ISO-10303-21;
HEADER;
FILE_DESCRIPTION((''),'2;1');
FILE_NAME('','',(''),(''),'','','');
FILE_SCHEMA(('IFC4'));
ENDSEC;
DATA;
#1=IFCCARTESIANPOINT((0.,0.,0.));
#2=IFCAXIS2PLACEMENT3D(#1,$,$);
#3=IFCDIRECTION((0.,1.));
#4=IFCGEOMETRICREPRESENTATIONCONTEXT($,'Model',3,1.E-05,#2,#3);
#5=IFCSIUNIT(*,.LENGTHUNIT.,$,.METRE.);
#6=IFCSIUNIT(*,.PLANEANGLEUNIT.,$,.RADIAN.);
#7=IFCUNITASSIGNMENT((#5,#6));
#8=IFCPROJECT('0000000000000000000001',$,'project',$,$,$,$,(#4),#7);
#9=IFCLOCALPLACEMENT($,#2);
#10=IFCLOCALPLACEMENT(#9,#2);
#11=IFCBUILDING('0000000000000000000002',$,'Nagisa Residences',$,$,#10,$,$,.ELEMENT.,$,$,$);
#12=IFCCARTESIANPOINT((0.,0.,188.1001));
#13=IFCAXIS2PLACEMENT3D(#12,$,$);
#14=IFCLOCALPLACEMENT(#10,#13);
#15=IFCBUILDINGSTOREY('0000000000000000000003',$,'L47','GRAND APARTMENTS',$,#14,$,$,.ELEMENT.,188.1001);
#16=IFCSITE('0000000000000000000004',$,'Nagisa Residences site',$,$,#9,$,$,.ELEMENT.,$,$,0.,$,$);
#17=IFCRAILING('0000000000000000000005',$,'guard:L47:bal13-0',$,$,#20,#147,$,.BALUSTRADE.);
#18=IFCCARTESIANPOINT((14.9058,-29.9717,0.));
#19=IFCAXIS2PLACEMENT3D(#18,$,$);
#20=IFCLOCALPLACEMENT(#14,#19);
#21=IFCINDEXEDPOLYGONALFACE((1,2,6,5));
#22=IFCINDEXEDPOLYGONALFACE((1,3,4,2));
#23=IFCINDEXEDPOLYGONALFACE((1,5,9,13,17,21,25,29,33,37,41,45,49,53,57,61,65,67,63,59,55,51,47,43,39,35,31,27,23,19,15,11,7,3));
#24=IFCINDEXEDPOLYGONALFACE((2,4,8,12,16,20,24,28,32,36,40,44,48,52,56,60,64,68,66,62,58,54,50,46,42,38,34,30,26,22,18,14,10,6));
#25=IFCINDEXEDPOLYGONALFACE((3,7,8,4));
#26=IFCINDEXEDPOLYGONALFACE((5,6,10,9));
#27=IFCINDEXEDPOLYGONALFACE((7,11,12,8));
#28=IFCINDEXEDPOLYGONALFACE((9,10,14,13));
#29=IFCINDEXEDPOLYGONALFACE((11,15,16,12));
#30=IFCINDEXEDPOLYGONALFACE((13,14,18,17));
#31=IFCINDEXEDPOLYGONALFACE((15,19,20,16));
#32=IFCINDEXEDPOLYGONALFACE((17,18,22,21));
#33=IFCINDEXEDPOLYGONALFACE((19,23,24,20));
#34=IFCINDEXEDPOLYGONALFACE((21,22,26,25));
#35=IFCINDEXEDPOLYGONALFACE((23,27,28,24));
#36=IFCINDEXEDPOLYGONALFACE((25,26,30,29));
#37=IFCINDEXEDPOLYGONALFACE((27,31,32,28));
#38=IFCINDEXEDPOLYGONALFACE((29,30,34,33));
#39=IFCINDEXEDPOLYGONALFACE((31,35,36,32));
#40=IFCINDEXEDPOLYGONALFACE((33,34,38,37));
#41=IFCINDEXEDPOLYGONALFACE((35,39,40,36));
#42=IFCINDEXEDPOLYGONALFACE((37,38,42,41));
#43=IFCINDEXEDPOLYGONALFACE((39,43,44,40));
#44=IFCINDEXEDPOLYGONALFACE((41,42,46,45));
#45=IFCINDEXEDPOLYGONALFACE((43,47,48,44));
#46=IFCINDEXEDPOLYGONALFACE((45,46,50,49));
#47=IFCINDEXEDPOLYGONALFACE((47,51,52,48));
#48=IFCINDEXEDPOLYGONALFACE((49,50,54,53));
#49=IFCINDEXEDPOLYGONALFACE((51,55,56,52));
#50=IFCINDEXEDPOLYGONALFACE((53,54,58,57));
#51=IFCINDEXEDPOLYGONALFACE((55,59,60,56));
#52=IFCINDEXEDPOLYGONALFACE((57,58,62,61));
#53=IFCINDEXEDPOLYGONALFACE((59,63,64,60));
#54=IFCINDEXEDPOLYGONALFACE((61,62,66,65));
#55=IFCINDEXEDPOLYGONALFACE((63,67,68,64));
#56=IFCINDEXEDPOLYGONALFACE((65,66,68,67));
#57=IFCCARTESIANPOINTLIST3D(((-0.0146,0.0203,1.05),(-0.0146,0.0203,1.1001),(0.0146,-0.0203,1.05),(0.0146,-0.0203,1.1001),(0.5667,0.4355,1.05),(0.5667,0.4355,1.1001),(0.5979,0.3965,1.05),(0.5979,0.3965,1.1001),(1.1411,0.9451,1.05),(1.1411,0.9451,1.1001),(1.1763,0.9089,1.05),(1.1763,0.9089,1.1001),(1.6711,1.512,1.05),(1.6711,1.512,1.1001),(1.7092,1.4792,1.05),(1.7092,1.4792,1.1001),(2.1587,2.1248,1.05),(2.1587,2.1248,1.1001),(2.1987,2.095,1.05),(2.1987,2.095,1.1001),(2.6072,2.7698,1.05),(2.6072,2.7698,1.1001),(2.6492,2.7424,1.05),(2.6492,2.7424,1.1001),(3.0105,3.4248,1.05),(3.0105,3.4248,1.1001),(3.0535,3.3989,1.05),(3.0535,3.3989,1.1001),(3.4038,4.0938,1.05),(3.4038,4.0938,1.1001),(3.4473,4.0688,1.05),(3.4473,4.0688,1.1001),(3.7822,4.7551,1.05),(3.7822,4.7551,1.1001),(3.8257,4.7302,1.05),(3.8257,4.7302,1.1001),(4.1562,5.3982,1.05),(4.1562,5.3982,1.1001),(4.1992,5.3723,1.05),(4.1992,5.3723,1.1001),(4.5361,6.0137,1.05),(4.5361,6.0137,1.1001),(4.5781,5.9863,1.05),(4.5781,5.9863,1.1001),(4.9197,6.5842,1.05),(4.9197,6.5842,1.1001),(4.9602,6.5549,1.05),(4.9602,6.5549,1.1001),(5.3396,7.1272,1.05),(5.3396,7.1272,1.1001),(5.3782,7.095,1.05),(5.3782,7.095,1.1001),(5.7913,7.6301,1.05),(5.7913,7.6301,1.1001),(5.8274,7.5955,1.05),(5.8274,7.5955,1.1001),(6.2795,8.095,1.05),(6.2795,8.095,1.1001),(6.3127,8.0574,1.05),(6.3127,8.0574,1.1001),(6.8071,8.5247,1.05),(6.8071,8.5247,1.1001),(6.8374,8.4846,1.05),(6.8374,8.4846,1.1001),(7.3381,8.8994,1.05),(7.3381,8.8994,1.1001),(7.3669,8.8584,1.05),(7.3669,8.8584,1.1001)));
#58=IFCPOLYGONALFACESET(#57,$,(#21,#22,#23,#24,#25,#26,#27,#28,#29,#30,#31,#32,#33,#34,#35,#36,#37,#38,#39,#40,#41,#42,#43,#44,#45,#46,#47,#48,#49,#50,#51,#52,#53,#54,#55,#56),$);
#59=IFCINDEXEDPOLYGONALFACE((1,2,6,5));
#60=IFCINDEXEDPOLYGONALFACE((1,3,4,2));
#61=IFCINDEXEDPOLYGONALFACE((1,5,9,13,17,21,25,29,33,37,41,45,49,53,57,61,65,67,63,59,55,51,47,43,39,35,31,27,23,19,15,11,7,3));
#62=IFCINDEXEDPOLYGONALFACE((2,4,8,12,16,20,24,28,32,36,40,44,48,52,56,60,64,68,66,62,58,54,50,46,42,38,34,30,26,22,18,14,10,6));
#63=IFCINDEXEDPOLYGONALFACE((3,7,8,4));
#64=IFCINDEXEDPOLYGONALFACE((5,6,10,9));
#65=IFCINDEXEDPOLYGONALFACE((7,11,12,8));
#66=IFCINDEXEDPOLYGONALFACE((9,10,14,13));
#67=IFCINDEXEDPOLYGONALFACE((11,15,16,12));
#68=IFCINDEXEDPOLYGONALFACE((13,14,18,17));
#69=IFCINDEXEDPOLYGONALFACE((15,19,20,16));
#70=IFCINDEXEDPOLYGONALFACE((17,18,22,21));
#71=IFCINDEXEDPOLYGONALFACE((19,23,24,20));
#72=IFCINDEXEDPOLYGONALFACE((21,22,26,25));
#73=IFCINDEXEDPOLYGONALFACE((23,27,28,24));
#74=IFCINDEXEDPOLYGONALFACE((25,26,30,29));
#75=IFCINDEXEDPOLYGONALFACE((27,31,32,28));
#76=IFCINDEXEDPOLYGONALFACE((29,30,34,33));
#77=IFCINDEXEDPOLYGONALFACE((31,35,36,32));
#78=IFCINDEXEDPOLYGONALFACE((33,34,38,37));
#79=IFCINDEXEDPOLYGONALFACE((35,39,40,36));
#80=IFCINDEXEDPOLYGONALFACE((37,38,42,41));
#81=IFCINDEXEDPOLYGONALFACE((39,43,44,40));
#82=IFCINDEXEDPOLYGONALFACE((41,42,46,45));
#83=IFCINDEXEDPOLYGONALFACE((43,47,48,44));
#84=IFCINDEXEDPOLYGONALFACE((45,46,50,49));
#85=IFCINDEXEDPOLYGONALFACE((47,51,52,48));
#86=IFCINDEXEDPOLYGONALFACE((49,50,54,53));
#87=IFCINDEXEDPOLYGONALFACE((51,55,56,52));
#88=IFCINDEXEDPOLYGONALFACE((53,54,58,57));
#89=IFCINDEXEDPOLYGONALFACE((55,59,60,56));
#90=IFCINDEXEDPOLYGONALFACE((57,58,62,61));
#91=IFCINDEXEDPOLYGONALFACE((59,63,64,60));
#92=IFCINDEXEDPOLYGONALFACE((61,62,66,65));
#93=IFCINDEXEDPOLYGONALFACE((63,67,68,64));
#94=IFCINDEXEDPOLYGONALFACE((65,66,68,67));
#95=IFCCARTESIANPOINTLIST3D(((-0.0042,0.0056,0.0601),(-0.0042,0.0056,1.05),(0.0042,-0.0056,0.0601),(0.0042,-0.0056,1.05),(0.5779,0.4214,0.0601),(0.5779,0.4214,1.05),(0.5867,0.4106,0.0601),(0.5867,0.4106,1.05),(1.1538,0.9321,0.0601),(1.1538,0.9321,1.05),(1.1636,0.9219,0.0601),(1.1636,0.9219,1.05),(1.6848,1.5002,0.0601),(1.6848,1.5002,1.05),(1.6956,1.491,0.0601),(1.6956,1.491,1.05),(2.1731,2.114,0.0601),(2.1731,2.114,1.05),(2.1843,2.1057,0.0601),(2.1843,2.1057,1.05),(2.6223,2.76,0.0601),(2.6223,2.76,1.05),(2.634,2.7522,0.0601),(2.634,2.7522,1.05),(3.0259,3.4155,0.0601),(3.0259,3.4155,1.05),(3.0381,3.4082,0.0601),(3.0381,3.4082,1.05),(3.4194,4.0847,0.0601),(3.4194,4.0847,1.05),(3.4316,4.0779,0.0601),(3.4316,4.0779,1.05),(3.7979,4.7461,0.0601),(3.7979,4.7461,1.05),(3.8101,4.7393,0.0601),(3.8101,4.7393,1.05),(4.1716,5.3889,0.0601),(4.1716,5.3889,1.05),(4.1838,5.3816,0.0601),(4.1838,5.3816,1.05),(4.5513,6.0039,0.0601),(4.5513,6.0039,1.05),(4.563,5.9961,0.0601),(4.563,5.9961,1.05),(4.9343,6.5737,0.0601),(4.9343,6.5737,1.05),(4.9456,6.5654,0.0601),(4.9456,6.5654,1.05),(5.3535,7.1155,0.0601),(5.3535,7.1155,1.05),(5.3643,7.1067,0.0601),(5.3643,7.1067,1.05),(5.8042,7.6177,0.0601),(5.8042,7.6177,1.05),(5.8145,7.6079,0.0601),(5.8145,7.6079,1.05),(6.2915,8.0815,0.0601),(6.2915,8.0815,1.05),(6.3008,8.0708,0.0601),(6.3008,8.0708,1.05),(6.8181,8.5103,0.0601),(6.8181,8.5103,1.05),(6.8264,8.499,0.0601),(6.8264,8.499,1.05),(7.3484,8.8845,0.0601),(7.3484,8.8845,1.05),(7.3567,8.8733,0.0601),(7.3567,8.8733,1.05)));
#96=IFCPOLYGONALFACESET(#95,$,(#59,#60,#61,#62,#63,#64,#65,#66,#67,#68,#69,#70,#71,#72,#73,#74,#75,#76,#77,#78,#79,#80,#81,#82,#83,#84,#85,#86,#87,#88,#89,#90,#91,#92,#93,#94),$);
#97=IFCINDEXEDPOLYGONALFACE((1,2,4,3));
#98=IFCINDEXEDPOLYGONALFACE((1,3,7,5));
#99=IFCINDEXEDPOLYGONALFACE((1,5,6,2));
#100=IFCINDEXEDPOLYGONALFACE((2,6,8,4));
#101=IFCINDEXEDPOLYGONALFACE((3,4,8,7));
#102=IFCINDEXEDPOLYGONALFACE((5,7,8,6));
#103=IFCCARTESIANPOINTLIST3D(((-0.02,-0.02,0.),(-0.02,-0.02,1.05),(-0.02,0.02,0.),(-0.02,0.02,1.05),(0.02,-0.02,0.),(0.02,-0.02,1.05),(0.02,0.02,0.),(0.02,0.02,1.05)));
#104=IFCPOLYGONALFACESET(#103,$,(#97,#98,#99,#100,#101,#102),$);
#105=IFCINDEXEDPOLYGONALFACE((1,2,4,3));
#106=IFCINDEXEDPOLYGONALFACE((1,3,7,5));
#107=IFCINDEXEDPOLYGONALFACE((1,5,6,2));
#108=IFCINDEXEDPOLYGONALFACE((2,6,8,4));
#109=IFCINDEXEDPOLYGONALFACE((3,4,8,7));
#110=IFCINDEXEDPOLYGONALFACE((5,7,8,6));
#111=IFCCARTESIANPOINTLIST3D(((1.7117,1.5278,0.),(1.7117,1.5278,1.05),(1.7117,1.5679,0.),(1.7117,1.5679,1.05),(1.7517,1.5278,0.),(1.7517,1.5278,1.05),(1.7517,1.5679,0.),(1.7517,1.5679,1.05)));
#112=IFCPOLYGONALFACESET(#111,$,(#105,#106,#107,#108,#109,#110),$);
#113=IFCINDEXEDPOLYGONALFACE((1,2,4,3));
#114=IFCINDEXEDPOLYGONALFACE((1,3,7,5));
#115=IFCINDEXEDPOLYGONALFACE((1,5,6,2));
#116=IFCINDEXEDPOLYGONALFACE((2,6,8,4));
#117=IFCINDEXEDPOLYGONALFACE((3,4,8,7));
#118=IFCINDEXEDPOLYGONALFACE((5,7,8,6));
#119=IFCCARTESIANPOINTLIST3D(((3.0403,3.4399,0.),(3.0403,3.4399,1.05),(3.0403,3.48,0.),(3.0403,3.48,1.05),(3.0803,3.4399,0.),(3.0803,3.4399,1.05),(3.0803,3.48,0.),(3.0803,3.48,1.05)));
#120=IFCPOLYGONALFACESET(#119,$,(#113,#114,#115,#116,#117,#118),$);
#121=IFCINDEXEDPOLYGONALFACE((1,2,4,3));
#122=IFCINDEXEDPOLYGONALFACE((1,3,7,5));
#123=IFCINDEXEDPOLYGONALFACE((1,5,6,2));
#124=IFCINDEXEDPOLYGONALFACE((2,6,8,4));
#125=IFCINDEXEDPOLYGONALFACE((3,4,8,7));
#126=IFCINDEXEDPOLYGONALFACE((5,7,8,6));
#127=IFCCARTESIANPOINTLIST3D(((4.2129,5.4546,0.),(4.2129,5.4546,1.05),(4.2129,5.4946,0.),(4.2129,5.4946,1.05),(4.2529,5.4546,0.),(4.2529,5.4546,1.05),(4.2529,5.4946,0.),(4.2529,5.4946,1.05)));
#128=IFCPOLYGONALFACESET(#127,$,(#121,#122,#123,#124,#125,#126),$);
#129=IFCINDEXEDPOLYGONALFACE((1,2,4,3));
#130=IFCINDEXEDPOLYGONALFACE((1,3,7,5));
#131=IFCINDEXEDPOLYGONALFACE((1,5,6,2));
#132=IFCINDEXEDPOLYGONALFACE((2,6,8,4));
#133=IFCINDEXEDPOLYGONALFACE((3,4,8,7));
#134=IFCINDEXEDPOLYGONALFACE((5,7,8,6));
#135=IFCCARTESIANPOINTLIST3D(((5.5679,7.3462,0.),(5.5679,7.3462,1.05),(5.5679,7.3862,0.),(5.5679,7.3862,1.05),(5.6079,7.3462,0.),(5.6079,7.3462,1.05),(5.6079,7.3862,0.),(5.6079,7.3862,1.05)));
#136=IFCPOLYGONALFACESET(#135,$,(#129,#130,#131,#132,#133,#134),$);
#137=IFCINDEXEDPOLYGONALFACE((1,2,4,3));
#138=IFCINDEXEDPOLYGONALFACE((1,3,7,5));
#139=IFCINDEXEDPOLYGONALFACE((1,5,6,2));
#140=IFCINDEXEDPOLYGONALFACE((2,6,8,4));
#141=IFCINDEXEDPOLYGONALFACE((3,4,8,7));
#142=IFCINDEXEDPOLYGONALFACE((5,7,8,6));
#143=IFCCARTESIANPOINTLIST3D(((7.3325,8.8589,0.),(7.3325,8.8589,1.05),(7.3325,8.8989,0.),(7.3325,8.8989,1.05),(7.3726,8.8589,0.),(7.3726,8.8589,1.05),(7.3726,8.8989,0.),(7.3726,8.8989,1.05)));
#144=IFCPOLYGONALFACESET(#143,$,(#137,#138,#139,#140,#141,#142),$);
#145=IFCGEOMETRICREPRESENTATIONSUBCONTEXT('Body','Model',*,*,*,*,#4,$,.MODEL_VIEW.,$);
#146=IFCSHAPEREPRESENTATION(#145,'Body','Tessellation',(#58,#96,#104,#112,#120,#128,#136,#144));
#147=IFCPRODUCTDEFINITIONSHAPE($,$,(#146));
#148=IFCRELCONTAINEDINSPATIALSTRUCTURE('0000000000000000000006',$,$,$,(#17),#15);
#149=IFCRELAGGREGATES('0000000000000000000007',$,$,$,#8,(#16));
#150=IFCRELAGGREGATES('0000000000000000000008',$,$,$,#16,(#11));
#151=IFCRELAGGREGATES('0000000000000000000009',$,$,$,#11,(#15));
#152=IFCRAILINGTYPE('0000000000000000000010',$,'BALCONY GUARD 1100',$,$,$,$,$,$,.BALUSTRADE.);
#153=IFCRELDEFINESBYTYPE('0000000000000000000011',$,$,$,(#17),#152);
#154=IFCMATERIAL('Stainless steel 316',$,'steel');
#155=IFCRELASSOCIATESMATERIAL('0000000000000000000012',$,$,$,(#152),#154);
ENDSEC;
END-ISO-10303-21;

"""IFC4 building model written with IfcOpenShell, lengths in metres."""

from ifc_helpers import new_model, si_unit, direction, frame, origin, origin_2d, place, context, subcontext, project, spatial, polyline, rectangle, outline, extrude, material, type_object, element, save


model = new_model("IFC4")

# Units and contexts
model_context = context("Model", 3, precision=1e-05, world=origin(), true_north=direction((0.0, 1.0)))
body_context = subcontext(model_context, "Body", "Model", "MODEL_VIEW")
ifc_project = project(units=[si_unit("LENGTHUNIT", "METRE"), si_unit("PLANEANGLEUNIT", "RADIAN")], contexts=[model_context])

# Site, building, storey
site_placement = place(None, origin())
site = spatial("IfcSite", under=ifc_project, at=site_placement, Name="Nagisa Residences site", CompositionType="ELEMENT", RefElevation=0.0)
building_placement = place(site_placement, origin())
building = spatial("IfcBuilding", under=site, at=building_placement, Name="Nagisa Residences", CompositionType="ELEMENT")
storey_placement = place(building_placement, frame((0.0, 0.0, 188.1001)))
storey = spatial("IfcBuildingStorey", under=building, at=storey_placement, Name="L47", Description="GRAND APARTMENTS", CompositionType="ELEMENT", Elevation=188.1001)

# Railing
ifc_material_1 = material(Name="Stainless steel 316", Category="steel")
railing_type = type_object("IfcRailingType", Name="BALCONY GUARD 1100", PredefinedType="BALUSTRADE", material=ifc_material_1)
railing_1_placement = place(storey_placement, frame((14.9058, -29.9717, 0.0)))
element("IfcRailing", 1, at=railing_1_placement, inside=storey, type_object=railing_type, Name="guard:L47:bal13-0", PredefinedType="BALUSTRADE", context=body_context, shape_type="SweptSolid", body=[
    extrude(outline(polyline([(0.5667, 0.4355), (-0.0146, 0.0203), (0.0146, -0.0203), (0.5979, 0.3965), (1.1763, 0.9089), (1.7092, 1.4792), (2.1987, 2.095), (2.6492, 2.7424), (3.0535, 3.3989), (3.4473, 4.0688), (3.8257, 4.7302), (4.1992, 5.3723), (4.5781, 5.9863), (4.9602, 6.5549), (5.3782, 7.095), (5.8274, 7.5955), (6.3127, 8.0574), (6.8374, 8.4846), (7.3669, 8.8584), (7.3381, 8.8994), (6.8071, 8.5247), (6.2795, 8.095), (5.7913, 7.6301), (5.3396, 7.1272), (4.9197, 6.5842), (4.5361, 6.0137), (4.1562, 5.3982), (3.7822, 4.7551), (3.4038, 4.0938), (3.0105, 3.4248), (2.6072, 2.7698), (2.1587, 2.1248), (1.6711, 1.512), (1.1411, 0.9451), (0.5667, 0.4355)])), frame((0.0, 0.0, 1.05)), (0.0, 0.0, 1.0), 0.05),
    extrude(outline(polyline([(0.5779, 0.4214), (-0.0042, 0.0056), (0.0042, -0.0056), (0.5867, 0.4106), (1.1636, 0.9219), (1.6956, 1.491), (2.1843, 2.1057), (2.634, 2.7522), (3.0381, 3.4082), (3.4316, 4.0779), (3.8101, 4.7393), (4.1838, 5.3816), (4.563, 5.9961), (4.9456, 6.5654), (5.3643, 7.1067), (5.8145, 7.6079), (6.3008, 8.0708), (6.8264, 8.499), (7.3567, 8.8733), (7.3484, 8.8845), (6.8181, 8.5103), (6.2915, 8.0815), (5.8042, 7.6177), (5.3535, 7.1155), (4.9343, 6.5737), (4.5513, 6.0039), (4.1716, 5.3889), (3.7979, 4.7461), (3.4194, 4.0847), (3.0259, 3.4155), (2.6223, 2.76), (2.1731, 2.114), (1.6848, 1.5002), (1.1538, 0.9321), (0.5779, 0.4214)])), frame((0.0, 0.0, 0.0601)), (0.0, 0.0, 1.0), 0.99),
    extrude(rectangle(XDim=0.04, YDim=0.04, at=origin_2d()), origin(), (0.0, 0.0, 1.0), 1.05),
    extrude(rectangle(XDim=0.04, YDim=0.04, at=origin_2d()), frame((1.7317, 1.5479, 0.0)), (0.0, 0.0, 1.0), 1.05),
    extrude(rectangle(XDim=0.04, YDim=0.04, at=origin_2d()), frame((3.0603, 3.46, 0.0)), (0.0, 0.0, 1.0), 1.05),
    extrude(rectangle(XDim=0.04, YDim=0.04, at=origin_2d()), frame((4.2329, 5.4746, 0.0)), (0.0, 0.0, 1.0), 1.05),
    extrude(rectangle(XDim=0.04, YDim=0.04, at=origin_2d()), frame((5.5879, 7.3662, 0.0)), (0.0, 0.0, 1.0), 1.05),
    extrude(rectangle(XDim=0.04, YDim=0.04, at=origin_2d()), frame((7.3525, 8.8789, 0.0)), (0.0, 0.0, 1.0), 1.05),
])

save(model, "model.ifc")
